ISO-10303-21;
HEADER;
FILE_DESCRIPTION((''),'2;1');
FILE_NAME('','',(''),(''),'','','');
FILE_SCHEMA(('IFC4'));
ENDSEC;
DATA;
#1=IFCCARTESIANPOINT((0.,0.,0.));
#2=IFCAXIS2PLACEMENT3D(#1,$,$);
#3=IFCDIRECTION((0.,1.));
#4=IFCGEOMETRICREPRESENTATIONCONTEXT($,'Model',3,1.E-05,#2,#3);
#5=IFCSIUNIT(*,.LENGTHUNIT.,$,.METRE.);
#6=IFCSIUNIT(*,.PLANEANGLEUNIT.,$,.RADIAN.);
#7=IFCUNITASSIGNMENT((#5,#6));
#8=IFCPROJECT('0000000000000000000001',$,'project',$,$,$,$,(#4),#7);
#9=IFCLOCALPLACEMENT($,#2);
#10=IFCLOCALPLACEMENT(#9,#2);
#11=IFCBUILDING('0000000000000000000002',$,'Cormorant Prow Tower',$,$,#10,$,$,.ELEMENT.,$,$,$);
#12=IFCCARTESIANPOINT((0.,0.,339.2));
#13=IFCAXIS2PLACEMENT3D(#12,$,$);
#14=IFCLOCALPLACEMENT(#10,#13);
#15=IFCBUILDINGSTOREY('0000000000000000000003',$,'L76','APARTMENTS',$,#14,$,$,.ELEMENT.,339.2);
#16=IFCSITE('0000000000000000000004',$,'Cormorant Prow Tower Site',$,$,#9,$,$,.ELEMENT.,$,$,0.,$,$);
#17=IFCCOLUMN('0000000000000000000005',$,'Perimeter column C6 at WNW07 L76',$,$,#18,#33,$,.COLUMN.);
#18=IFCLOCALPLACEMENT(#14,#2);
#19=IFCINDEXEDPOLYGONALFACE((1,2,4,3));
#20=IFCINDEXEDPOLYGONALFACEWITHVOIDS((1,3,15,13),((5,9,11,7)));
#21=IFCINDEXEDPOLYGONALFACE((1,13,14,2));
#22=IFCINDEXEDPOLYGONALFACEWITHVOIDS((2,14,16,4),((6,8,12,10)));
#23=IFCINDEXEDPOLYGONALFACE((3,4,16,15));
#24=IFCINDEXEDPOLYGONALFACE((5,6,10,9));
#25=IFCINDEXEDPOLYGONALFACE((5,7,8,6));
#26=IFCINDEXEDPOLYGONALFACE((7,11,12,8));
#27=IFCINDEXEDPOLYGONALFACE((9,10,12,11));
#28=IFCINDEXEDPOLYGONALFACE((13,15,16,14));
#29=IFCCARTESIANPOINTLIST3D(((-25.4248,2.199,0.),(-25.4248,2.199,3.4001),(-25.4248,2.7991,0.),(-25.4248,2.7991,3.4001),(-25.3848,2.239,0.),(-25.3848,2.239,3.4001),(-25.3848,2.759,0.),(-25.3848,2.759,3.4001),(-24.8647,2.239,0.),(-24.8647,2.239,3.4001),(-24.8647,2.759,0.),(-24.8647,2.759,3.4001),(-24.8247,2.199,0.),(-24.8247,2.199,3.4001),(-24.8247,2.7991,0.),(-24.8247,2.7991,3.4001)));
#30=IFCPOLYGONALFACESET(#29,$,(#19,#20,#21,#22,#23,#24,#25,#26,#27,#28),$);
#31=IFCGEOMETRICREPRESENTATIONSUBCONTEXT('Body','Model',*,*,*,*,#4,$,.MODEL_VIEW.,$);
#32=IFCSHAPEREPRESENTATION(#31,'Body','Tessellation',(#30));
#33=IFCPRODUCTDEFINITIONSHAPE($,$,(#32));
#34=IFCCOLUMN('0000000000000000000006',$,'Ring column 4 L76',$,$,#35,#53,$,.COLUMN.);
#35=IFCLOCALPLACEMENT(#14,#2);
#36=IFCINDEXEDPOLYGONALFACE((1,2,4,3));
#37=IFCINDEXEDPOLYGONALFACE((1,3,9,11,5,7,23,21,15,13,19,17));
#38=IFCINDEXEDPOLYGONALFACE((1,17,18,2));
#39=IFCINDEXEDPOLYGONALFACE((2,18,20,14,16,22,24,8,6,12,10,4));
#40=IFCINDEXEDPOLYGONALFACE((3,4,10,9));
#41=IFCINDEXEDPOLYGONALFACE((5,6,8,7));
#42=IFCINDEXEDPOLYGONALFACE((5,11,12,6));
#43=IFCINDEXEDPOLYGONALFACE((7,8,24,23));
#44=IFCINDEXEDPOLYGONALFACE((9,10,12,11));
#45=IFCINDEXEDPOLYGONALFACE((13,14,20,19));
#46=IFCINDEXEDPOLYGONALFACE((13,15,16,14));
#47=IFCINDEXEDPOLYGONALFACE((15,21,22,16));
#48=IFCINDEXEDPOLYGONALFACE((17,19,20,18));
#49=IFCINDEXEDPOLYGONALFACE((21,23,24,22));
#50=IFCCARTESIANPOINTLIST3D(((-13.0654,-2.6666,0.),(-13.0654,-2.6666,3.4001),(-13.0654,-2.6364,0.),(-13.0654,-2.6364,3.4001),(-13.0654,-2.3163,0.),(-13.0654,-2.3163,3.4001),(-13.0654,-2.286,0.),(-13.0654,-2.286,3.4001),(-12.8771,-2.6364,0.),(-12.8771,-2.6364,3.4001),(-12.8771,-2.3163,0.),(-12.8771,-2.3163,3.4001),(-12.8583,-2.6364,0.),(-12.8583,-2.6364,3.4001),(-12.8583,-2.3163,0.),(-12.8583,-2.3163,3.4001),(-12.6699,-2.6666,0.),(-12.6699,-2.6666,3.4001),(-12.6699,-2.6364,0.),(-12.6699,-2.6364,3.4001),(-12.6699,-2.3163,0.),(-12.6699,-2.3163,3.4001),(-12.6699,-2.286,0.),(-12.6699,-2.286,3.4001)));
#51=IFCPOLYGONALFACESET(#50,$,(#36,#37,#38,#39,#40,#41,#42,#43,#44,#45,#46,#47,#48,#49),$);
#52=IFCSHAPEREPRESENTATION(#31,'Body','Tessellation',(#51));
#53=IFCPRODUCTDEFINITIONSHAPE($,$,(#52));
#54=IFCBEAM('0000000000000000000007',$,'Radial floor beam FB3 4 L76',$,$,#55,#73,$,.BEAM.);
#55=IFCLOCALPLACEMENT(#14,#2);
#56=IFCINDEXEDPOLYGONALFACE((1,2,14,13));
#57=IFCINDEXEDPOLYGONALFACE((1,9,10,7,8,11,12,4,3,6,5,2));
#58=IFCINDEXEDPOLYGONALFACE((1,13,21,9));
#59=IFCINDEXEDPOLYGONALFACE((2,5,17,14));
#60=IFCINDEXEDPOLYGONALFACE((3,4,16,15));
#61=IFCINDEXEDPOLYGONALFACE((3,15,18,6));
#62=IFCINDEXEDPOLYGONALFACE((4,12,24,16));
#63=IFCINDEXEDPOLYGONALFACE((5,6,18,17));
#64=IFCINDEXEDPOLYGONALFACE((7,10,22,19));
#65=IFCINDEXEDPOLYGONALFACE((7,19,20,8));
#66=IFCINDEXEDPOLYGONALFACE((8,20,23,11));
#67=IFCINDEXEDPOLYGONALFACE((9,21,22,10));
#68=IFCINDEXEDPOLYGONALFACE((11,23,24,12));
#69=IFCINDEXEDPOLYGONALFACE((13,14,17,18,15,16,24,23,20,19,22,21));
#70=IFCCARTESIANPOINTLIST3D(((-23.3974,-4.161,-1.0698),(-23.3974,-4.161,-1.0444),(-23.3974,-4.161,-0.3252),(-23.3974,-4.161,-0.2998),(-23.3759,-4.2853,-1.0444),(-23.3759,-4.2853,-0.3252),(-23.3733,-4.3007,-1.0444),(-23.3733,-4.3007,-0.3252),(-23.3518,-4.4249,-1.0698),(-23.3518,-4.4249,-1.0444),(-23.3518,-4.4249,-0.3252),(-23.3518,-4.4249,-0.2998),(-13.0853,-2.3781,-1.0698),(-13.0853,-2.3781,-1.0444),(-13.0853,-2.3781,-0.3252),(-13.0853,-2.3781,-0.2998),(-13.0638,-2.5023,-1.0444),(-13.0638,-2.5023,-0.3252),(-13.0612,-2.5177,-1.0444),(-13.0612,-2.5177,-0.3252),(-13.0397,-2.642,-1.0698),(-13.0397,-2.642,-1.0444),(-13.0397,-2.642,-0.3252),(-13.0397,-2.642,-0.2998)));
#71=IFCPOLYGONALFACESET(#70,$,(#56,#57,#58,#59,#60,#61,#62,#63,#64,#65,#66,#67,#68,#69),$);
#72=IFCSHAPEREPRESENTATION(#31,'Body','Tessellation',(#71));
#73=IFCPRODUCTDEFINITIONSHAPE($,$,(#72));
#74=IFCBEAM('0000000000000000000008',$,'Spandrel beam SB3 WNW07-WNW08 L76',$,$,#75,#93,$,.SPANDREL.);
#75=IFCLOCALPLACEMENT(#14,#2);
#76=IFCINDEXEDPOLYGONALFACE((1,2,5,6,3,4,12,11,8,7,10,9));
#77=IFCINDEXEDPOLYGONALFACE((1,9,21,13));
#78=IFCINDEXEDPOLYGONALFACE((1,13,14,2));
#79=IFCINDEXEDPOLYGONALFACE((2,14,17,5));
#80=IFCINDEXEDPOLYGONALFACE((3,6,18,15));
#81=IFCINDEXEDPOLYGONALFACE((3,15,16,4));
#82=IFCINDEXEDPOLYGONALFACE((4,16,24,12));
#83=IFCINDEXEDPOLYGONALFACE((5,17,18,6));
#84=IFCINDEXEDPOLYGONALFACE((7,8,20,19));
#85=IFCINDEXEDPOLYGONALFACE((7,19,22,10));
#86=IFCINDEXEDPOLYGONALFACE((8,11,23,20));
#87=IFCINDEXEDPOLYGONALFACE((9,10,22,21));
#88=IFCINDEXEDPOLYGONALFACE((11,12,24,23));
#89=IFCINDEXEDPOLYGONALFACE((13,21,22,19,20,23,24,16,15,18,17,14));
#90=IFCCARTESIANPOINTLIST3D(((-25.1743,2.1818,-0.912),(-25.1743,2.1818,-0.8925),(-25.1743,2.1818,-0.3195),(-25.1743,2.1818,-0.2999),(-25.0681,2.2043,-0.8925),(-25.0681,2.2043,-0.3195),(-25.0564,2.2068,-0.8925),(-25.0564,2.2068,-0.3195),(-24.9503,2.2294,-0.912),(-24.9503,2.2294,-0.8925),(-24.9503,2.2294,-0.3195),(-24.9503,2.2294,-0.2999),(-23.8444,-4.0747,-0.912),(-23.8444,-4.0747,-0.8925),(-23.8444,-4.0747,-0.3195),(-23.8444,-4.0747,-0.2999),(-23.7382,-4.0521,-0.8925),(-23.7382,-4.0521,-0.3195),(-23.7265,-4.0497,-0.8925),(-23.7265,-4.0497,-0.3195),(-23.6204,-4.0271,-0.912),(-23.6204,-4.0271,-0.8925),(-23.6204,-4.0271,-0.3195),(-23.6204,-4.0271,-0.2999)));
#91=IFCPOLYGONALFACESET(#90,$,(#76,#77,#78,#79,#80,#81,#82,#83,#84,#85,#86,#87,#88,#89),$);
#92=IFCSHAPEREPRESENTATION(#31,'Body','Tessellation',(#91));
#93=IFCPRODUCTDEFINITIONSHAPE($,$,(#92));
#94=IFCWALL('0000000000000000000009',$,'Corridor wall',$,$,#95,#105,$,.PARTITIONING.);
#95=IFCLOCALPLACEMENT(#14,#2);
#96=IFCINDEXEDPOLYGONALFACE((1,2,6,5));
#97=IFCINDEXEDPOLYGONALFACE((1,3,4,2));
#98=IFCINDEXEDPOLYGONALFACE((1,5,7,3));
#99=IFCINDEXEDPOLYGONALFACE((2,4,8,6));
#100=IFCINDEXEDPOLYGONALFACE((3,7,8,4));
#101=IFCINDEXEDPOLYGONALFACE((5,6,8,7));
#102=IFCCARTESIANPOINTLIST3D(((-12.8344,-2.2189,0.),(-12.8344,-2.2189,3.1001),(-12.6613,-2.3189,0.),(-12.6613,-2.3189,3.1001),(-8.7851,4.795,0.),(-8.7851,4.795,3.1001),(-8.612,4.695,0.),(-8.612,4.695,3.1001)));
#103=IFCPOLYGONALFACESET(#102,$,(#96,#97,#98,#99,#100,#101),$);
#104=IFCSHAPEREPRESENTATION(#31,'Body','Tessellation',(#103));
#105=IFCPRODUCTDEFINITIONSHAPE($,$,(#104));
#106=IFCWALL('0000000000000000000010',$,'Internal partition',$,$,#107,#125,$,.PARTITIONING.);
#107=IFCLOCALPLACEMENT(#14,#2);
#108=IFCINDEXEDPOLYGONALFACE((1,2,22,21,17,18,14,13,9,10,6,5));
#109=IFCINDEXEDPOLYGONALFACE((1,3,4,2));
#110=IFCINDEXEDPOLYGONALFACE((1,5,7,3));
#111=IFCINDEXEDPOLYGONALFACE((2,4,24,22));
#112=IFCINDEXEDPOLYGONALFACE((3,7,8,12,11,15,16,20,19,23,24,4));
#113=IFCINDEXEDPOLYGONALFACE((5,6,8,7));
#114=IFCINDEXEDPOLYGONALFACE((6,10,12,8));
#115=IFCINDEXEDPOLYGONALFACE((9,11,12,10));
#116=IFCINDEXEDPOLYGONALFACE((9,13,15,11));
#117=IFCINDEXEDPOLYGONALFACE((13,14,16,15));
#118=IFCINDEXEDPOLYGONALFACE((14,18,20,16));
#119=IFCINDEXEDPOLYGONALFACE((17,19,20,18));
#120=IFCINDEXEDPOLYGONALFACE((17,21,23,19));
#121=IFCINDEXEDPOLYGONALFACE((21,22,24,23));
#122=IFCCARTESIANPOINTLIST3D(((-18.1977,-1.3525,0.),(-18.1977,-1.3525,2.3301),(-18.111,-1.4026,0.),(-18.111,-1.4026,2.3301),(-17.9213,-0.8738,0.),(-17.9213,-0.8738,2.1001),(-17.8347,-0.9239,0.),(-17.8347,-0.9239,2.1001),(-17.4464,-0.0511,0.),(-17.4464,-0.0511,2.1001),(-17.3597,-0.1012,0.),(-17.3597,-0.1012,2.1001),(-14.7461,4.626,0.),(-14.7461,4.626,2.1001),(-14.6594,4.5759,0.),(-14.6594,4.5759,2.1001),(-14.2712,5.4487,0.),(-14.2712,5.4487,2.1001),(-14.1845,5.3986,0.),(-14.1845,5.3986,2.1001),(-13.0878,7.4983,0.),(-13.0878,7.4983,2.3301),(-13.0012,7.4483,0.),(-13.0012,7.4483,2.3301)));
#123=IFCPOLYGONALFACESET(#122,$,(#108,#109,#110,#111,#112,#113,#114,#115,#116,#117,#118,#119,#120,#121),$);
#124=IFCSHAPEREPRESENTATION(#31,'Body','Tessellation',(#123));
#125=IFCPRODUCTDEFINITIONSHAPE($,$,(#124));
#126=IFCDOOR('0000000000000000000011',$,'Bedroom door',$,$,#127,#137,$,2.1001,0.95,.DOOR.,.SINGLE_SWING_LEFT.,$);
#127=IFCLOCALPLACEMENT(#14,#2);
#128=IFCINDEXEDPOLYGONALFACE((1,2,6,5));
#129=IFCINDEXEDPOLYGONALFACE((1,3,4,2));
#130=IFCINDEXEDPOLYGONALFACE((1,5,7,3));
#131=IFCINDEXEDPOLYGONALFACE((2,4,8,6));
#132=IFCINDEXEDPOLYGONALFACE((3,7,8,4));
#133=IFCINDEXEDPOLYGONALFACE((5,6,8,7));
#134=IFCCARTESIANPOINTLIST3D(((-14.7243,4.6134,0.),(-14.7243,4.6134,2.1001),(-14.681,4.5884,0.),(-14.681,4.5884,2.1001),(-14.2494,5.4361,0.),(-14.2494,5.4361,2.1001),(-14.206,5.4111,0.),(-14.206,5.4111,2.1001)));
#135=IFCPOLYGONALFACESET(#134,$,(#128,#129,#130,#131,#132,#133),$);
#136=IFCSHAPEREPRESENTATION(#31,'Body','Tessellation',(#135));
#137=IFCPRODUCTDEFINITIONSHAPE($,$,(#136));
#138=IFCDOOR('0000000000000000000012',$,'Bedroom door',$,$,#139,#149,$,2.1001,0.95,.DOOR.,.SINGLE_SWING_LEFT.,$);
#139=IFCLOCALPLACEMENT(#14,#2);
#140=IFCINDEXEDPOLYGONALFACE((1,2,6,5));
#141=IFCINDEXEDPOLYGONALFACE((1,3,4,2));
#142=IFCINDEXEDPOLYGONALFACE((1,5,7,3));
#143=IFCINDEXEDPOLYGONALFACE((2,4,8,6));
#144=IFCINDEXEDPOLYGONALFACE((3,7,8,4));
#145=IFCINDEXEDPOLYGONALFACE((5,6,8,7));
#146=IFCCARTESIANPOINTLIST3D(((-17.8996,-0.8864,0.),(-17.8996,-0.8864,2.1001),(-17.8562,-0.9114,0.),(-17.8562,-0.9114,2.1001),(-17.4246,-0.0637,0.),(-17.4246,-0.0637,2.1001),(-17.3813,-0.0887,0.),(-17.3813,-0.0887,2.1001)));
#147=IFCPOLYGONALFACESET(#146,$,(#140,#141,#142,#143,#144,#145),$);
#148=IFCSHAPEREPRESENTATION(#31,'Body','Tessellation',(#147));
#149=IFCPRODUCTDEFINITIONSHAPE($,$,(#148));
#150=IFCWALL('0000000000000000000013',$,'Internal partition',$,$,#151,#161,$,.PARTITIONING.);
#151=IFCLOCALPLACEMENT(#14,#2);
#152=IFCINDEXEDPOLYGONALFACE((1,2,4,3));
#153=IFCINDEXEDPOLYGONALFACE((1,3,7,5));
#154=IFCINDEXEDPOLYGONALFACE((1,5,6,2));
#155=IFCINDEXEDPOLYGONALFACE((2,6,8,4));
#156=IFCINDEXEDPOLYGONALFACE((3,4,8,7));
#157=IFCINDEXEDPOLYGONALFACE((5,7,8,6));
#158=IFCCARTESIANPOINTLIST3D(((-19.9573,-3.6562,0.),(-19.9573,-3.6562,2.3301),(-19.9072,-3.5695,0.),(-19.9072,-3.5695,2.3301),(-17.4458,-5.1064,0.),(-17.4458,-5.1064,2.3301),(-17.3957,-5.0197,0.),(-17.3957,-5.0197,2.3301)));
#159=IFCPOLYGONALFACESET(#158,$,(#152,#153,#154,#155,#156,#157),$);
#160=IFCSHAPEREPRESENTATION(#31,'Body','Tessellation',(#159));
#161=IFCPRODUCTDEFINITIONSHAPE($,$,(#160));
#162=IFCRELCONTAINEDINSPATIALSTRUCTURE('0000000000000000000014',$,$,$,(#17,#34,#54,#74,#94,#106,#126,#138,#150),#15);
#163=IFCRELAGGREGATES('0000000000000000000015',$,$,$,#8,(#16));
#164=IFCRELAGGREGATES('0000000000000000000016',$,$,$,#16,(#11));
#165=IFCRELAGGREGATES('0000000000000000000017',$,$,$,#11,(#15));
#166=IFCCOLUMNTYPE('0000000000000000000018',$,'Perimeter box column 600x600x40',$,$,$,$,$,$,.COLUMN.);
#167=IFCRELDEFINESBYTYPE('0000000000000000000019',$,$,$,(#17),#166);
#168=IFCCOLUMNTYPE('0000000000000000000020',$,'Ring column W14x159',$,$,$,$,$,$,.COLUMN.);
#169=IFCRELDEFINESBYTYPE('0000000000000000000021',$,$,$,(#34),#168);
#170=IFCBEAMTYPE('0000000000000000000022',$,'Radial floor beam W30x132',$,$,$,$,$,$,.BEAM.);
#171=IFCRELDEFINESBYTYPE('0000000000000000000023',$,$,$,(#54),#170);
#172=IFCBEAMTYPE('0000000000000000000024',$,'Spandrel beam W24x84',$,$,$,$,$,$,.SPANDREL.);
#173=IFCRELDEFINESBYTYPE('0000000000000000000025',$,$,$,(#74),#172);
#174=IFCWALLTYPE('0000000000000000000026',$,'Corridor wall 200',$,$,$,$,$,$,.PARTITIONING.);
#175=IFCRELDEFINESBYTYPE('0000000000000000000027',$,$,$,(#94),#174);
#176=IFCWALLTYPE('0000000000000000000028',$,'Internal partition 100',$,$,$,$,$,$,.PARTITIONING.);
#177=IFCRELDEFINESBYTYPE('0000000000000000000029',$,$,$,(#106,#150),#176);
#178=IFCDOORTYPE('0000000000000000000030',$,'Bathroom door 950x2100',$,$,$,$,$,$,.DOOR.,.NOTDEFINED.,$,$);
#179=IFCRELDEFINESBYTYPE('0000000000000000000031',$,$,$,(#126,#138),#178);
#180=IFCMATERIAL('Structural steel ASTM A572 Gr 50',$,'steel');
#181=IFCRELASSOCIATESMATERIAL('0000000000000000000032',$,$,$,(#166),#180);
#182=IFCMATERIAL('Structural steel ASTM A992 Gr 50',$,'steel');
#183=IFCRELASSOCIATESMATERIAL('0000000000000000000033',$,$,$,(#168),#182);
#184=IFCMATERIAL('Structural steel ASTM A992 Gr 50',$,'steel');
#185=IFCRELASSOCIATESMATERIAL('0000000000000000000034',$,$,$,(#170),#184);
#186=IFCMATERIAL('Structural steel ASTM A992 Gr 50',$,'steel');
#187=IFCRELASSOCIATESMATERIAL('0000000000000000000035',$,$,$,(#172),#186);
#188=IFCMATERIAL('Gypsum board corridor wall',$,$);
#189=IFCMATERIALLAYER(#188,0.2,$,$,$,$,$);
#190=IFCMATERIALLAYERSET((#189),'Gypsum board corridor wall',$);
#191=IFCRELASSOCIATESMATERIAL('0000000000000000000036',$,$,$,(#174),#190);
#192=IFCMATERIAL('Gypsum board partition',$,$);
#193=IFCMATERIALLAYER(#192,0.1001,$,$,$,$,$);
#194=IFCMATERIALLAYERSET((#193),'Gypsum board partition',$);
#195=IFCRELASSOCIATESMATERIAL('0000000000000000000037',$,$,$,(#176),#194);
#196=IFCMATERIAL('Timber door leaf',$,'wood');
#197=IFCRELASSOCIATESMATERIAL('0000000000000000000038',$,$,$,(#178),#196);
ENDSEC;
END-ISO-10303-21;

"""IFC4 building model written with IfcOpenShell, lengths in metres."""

from ifc_helpers import new_model, si_unit, direction, frame, frame_2d, origin, origin_2d, place, context, subcontext, project, spatial, rectangle, hollow_rectangle, i_section, extrude, material, layer, layer_set, material_profile, profile_set, type_object, element, fill, save


model = new_model("IFC4")

# Units and contexts
model_context = context("Model", 3, precision=1e-05, world=origin(), true_north=direction((0.0, 1.0)))
body_context = subcontext(model_context, "Body", "Model", "MODEL_VIEW")
ifc_project = project(units=[si_unit("LENGTHUNIT", "METRE"), si_unit("PLANEANGLEUNIT", "RADIAN")], contexts=[model_context])

# Site, building, storey
site_placement = place(None, origin())
site = spatial("IfcSite", under=ifc_project, at=site_placement, Name="Cormorant Prow Tower Site", CompositionType="ELEMENT", RefElevation=0.0)
building_placement = place(site_placement, origin())
building = spatial("IfcBuilding", under=site, at=building_placement, Name="Cormorant Prow Tower", CompositionType="ELEMENT")
storey_placement = place(building_placement, frame((0.0, 0.0, 339.2)))
storey = spatial("IfcBuildingStorey", under=building, at=storey_placement, Name="L76", Description="APARTMENTS", CompositionType="ELEMENT", Elevation=339.2)

# Columns
ifc_material_1 = material(Name="Structural steel ASTM A572 Gr 50", Category="steel")
ifc_material_profile_1 = material_profile(ifc_material_1, hollow_rectangle(XDim=0.6001, YDim=0.6001, WallThickness=0.04, at=origin_2d()), Name="Box 600x600x40")
ifc_profile_set_1 = profile_set([ifc_material_profile_1], Name="Structural steel ASTM A572 Gr 50")
column_type_1 = type_object("IfcColumnType", Name="Perimeter box column 600x600x40", PredefinedType="COLUMN", material=ifc_profile_set_1)
column_1_placement = place(storey_placement, frame((-25.1248, 2.499, 0.0), z_axis=(0.0, 0.0, 1.0), x_axis=(1.0, 0.0, 0.0)))
element("IfcColumn", 1, at=column_1_placement, inside=storey, type_object=column_type_1, Name="Perimeter column C6 at WNW07 L76", PredefinedType="COLUMN", context=body_context, shape_type="SweptSolid", body=[
    extrude(hollow_rectangle(XDim=0.6001, YDim=0.6001, WallThickness=0.04, at=origin_2d()), origin(), (0.0, 0.0, 1.0), 3.4001),
])
ifc_material_2 = material(Name="Structural steel ASTM A992 Gr 50", Category="steel")
ifc_material_profile_2 = material_profile(ifc_material_2, i_section(OverallWidth=0.3955, OverallDepth=0.3806, WebThickness=0.0188, FlangeThickness=0.0303, at=origin_2d()), Name="W14x159")
ifc_profile_set_2 = profile_set([ifc_material_profile_2], Name="Structural steel ASTM A992 Gr 50")
column_type_2 = type_object("IfcColumnType", Name="Ring column W14x159", PredefinedType="COLUMN", material=ifc_profile_set_2)
column_2_placement = place(storey_placement, frame((-12.8677, -2.4763, 0.0), z_axis=(0.0, 0.0, 1.0), x_axis=(1.0, 0.0, 0.0)))
element("IfcColumn", 2, at=column_2_placement, inside=storey, type_object=column_type_2, Name="Ring column 4 L76", PredefinedType="COLUMN", context=body_context, shape_type="SweptSolid", body=[
    extrude(i_section(OverallWidth=0.3955, OverallDepth=0.3806, WebThickness=0.0188, FlangeThickness=0.0303, at=origin_2d()), origin(), (0.0, 0.0, 1.0), 3.4001),
])

# Beams
ifc_material_3 = material(Name="Structural steel ASTM A992 Gr 50", Category="steel")
ifc_material_profile_3 = material_profile(ifc_material_3, i_section(OverallWidth=0.2678, OverallDepth=0.77, WebThickness=0.0156, FlangeThickness=0.0254, at=origin_2d()), Name="W30x132")
ifc_profile_set_3 = profile_set([ifc_material_profile_3], Name="Structural steel ASTM A992 Gr 50")
beam_type_1 = type_object("IfcBeamType", Name="Radial floor beam W30x132", PredefinedType="BEAM", material=ifc_profile_set_3)
beam_1_placement = place(storey_placement, frame((-13.0625, -2.51, -0.6848), z_axis=(-0.98538, -0.170373, 0.0), x_axis=(0.170373, -0.98538, 0.0)))
element("IfcBeam", 3, at=beam_1_placement, inside=storey, type_object=beam_type_1, Name="Radial floor beam FB3 4 L76", PredefinedType="BEAM", context=body_context, shape_type="SweptSolid", body=[
    extrude(i_section(OverallWidth=0.2678, OverallDepth=0.77, WebThickness=0.0156, FlangeThickness=0.0254, at=origin_2d()), origin(), (0.0, 0.0, 1.0), 10.4651),
])
ifc_material_4 = material(Name="Structural steel ASTM A992 Gr 50", Category="steel")
ifc_material_profile_4 = material_profile(ifc_material_4, i_section(OverallWidth=0.229, OverallDepth=0.6121, WebThickness=0.012, FlangeThickness=0.0195, at=origin_2d()), Name="W24x84")
ifc_profile_set_4 = profile_set([ifc_material_profile_4], Name="Structural steel ASTM A992 Gr 50")
beam_type_2 = type_object("IfcBeamType", Name="Spandrel beam W24x84", PredefinedType="SPANDREL", material=ifc_profile_set_4)
beam_2_placement = place(storey_placement, frame((-25.0623, 2.2056, -0.606), z_axis=(0.207913, -0.978147, 0.0), x_axis=(0.978147, 0.207913, 0.0)))
element("IfcBeam", 4, at=beam_2_placement, inside=storey, type_object=beam_type_2, Name="Spandrel beam SB3 WNW07-WNW08 L76", PredefinedType="SPANDREL", context=body_context, shape_type="SweptSolid", body=[
    extrude(i_section(OverallWidth=0.229, OverallDepth=0.6121, WebThickness=0.012, FlangeThickness=0.0195, at=origin_2d()), origin(), (0.0, 0.0, 1.0), 6.3962),
])

# Wall
ifc_material_5 = material(Name="Gypsum board corridor wall")
ifc_layer_1 = layer(ifc_material_5, 0.2)
ifc_layer_set_1 = layer_set([ifc_layer_1], Name="Gypsum board corridor wall")
wall_type_1 = type_object("IfcWallType", Name="Corridor wall 200", PredefinedType="PARTITIONING", material=ifc_layer_set_1)
wall_1_placement = place(storey_placement, frame((-12.7478, -2.2688, 0.0), z_axis=(0.0, 0.0, 1.0), x_axis=(0.499984, 0.866034, 0.0)))
element("IfcWall", 5, at=wall_1_placement, inside=storey, type_object=wall_type_1, Name="Corridor wall", PredefinedType="PARTITIONING", context=body_context, shape_type="SweptSolid", body=[
    extrude(rectangle(XDim=8.0989, YDim=0.2, at=frame_2d((4.0493, 0.0))), origin(), (0.0, 0.0, 1.0), 3.1001),
])

# Wall, openings, doors
ifc_material_6 = material(Name="Gypsum board partition")
ifc_layer_2 = layer(ifc_material_6, 0.1001)
ifc_layer_set_2 = layer_set([ifc_layer_2], Name="Gypsum board partition")
wall_type_2 = type_object("IfcWallType", Name="Internal partition 100", PredefinedType="PARTITIONING", material=ifc_layer_set_2)
wall_2_placement = place(storey_placement, frame((-18.1543, -1.3774, 0.0), z_axis=(0.0, 0.0, 1.0), x_axis=(0.499988, 0.866032, 0.0)))
wall_2 = element("IfcWall", 6, at=wall_2_placement, inside=storey, type_object=wall_type_2, Name="Internal partition", PredefinedType="PARTITIONING", context=body_context, shape_type="SweptSolid", body=[
    extrude(rectangle(XDim=10.22, YDim=0.1001, at=frame_2d((5.1099, 0.0))), origin(), (0.0, 0.0, 1.0), 2.3301),
])
opening_1_placement = place(wall_2_placement, frame((6.9031, 0.0, 0.0)))
opening_1 = element("IfcOpeningElement", 7, at=opening_1_placement, cuts=wall_2, PredefinedType="OPENING", context=body_context, shape_type="SweptSolid", body=[
    extrude(rectangle(XDim=0.95, YDim=2.1001, at=frame_2d((0.4751, 1.05))), frame((0.0, 0.0601, 0.0), z_axis=(0.0, -1.0, 0.0), x_axis=(1.0, 0.0, 0.0)), (0.0, 0.0, 1.0), 0.1201),
])
opening_2_placement = place(wall_2_placement, frame((0.5525, 0.0, 0.0)))
opening_2 = element("IfcOpeningElement", 8, at=opening_2_placement, cuts=wall_2, PredefinedType="OPENING", context=body_context, shape_type="SweptSolid", body=[
    extrude(rectangle(XDim=0.95, YDim=2.1001, at=frame_2d((0.4751, 1.05))), frame((0.0, 0.0601, 0.0), z_axis=(0.0, -1.0, 0.0), x_axis=(1.0, 0.0, 0.0)), (0.0, 0.0, 1.0), 0.1201),
])
ifc_material_7 = material(Name="Timber door leaf", Category="wood")
door_type_1 = type_object("IfcDoorType", Name="Bathroom door 950x2100", OperationType="NOTDEFINED", PredefinedType="DOOR", material=ifc_material_7)
door_1_placement = place(opening_1_placement, origin())
door_1 = element("IfcDoor", 9, at=door_1_placement, inside=storey, type_object=door_type_1, Name="Bedroom door", OperationType="SINGLE_SWING_LEFT", OverallHeight=2.1001, OverallWidth=0.95, PredefinedType="DOOR", context=body_context, shape_type="SweptSolid", body=[
    extrude(rectangle(XDim=0.95, YDim=2.1001, at=frame_2d((0.4751, 1.05))), frame((0.0, 0.0249, 0.0), z_axis=(0.0, -1.0, 0.0), x_axis=(1.0, 0.0, 0.0)), (0.0, 0.0, 1.0), 0.05),
])
fill(opening_1, door_1)
door_2_placement = place(opening_2_placement, origin())
door_2 = element("IfcDoor", 10, at=door_2_placement, inside=storey, type_object=door_type_1, Name="Bedroom door", OperationType="SINGLE_SWING_LEFT", OverallHeight=2.1001, OverallWidth=0.95, PredefinedType="DOOR", context=body_context, shape_type="SweptSolid", body=[
    extrude(rectangle(XDim=0.95, YDim=2.1001, at=frame_2d((0.4751, 1.05))), frame((0.0, 0.0249, 0.0), z_axis=(0.0, -1.0, 0.0), x_axis=(1.0, 0.0, 0.0)), (0.0, 0.0, 1.0), 0.05),
])
fill(opening_2, door_2)

# Wall
wall_3_placement = place(storey_placement, frame((-19.9324, -3.6128, 0.0), z_axis=(0.0, 0.0, 1.0), x_axis=(0.865996, -0.50005, 0.0)))
element("IfcWall", 11, at=wall_3_placement, inside=storey, type_object=wall_type_2, Name="Internal partition", PredefinedType="PARTITIONING", context=body_context, shape_type="SweptSolid", body=[
    extrude(rectangle(XDim=2.9001, YDim=0.1001, at=frame_2d((1.4502, 0.0))), origin(), (0.0, 0.0, 1.0), 2.3301),
])

save(model, "model.ifc")
